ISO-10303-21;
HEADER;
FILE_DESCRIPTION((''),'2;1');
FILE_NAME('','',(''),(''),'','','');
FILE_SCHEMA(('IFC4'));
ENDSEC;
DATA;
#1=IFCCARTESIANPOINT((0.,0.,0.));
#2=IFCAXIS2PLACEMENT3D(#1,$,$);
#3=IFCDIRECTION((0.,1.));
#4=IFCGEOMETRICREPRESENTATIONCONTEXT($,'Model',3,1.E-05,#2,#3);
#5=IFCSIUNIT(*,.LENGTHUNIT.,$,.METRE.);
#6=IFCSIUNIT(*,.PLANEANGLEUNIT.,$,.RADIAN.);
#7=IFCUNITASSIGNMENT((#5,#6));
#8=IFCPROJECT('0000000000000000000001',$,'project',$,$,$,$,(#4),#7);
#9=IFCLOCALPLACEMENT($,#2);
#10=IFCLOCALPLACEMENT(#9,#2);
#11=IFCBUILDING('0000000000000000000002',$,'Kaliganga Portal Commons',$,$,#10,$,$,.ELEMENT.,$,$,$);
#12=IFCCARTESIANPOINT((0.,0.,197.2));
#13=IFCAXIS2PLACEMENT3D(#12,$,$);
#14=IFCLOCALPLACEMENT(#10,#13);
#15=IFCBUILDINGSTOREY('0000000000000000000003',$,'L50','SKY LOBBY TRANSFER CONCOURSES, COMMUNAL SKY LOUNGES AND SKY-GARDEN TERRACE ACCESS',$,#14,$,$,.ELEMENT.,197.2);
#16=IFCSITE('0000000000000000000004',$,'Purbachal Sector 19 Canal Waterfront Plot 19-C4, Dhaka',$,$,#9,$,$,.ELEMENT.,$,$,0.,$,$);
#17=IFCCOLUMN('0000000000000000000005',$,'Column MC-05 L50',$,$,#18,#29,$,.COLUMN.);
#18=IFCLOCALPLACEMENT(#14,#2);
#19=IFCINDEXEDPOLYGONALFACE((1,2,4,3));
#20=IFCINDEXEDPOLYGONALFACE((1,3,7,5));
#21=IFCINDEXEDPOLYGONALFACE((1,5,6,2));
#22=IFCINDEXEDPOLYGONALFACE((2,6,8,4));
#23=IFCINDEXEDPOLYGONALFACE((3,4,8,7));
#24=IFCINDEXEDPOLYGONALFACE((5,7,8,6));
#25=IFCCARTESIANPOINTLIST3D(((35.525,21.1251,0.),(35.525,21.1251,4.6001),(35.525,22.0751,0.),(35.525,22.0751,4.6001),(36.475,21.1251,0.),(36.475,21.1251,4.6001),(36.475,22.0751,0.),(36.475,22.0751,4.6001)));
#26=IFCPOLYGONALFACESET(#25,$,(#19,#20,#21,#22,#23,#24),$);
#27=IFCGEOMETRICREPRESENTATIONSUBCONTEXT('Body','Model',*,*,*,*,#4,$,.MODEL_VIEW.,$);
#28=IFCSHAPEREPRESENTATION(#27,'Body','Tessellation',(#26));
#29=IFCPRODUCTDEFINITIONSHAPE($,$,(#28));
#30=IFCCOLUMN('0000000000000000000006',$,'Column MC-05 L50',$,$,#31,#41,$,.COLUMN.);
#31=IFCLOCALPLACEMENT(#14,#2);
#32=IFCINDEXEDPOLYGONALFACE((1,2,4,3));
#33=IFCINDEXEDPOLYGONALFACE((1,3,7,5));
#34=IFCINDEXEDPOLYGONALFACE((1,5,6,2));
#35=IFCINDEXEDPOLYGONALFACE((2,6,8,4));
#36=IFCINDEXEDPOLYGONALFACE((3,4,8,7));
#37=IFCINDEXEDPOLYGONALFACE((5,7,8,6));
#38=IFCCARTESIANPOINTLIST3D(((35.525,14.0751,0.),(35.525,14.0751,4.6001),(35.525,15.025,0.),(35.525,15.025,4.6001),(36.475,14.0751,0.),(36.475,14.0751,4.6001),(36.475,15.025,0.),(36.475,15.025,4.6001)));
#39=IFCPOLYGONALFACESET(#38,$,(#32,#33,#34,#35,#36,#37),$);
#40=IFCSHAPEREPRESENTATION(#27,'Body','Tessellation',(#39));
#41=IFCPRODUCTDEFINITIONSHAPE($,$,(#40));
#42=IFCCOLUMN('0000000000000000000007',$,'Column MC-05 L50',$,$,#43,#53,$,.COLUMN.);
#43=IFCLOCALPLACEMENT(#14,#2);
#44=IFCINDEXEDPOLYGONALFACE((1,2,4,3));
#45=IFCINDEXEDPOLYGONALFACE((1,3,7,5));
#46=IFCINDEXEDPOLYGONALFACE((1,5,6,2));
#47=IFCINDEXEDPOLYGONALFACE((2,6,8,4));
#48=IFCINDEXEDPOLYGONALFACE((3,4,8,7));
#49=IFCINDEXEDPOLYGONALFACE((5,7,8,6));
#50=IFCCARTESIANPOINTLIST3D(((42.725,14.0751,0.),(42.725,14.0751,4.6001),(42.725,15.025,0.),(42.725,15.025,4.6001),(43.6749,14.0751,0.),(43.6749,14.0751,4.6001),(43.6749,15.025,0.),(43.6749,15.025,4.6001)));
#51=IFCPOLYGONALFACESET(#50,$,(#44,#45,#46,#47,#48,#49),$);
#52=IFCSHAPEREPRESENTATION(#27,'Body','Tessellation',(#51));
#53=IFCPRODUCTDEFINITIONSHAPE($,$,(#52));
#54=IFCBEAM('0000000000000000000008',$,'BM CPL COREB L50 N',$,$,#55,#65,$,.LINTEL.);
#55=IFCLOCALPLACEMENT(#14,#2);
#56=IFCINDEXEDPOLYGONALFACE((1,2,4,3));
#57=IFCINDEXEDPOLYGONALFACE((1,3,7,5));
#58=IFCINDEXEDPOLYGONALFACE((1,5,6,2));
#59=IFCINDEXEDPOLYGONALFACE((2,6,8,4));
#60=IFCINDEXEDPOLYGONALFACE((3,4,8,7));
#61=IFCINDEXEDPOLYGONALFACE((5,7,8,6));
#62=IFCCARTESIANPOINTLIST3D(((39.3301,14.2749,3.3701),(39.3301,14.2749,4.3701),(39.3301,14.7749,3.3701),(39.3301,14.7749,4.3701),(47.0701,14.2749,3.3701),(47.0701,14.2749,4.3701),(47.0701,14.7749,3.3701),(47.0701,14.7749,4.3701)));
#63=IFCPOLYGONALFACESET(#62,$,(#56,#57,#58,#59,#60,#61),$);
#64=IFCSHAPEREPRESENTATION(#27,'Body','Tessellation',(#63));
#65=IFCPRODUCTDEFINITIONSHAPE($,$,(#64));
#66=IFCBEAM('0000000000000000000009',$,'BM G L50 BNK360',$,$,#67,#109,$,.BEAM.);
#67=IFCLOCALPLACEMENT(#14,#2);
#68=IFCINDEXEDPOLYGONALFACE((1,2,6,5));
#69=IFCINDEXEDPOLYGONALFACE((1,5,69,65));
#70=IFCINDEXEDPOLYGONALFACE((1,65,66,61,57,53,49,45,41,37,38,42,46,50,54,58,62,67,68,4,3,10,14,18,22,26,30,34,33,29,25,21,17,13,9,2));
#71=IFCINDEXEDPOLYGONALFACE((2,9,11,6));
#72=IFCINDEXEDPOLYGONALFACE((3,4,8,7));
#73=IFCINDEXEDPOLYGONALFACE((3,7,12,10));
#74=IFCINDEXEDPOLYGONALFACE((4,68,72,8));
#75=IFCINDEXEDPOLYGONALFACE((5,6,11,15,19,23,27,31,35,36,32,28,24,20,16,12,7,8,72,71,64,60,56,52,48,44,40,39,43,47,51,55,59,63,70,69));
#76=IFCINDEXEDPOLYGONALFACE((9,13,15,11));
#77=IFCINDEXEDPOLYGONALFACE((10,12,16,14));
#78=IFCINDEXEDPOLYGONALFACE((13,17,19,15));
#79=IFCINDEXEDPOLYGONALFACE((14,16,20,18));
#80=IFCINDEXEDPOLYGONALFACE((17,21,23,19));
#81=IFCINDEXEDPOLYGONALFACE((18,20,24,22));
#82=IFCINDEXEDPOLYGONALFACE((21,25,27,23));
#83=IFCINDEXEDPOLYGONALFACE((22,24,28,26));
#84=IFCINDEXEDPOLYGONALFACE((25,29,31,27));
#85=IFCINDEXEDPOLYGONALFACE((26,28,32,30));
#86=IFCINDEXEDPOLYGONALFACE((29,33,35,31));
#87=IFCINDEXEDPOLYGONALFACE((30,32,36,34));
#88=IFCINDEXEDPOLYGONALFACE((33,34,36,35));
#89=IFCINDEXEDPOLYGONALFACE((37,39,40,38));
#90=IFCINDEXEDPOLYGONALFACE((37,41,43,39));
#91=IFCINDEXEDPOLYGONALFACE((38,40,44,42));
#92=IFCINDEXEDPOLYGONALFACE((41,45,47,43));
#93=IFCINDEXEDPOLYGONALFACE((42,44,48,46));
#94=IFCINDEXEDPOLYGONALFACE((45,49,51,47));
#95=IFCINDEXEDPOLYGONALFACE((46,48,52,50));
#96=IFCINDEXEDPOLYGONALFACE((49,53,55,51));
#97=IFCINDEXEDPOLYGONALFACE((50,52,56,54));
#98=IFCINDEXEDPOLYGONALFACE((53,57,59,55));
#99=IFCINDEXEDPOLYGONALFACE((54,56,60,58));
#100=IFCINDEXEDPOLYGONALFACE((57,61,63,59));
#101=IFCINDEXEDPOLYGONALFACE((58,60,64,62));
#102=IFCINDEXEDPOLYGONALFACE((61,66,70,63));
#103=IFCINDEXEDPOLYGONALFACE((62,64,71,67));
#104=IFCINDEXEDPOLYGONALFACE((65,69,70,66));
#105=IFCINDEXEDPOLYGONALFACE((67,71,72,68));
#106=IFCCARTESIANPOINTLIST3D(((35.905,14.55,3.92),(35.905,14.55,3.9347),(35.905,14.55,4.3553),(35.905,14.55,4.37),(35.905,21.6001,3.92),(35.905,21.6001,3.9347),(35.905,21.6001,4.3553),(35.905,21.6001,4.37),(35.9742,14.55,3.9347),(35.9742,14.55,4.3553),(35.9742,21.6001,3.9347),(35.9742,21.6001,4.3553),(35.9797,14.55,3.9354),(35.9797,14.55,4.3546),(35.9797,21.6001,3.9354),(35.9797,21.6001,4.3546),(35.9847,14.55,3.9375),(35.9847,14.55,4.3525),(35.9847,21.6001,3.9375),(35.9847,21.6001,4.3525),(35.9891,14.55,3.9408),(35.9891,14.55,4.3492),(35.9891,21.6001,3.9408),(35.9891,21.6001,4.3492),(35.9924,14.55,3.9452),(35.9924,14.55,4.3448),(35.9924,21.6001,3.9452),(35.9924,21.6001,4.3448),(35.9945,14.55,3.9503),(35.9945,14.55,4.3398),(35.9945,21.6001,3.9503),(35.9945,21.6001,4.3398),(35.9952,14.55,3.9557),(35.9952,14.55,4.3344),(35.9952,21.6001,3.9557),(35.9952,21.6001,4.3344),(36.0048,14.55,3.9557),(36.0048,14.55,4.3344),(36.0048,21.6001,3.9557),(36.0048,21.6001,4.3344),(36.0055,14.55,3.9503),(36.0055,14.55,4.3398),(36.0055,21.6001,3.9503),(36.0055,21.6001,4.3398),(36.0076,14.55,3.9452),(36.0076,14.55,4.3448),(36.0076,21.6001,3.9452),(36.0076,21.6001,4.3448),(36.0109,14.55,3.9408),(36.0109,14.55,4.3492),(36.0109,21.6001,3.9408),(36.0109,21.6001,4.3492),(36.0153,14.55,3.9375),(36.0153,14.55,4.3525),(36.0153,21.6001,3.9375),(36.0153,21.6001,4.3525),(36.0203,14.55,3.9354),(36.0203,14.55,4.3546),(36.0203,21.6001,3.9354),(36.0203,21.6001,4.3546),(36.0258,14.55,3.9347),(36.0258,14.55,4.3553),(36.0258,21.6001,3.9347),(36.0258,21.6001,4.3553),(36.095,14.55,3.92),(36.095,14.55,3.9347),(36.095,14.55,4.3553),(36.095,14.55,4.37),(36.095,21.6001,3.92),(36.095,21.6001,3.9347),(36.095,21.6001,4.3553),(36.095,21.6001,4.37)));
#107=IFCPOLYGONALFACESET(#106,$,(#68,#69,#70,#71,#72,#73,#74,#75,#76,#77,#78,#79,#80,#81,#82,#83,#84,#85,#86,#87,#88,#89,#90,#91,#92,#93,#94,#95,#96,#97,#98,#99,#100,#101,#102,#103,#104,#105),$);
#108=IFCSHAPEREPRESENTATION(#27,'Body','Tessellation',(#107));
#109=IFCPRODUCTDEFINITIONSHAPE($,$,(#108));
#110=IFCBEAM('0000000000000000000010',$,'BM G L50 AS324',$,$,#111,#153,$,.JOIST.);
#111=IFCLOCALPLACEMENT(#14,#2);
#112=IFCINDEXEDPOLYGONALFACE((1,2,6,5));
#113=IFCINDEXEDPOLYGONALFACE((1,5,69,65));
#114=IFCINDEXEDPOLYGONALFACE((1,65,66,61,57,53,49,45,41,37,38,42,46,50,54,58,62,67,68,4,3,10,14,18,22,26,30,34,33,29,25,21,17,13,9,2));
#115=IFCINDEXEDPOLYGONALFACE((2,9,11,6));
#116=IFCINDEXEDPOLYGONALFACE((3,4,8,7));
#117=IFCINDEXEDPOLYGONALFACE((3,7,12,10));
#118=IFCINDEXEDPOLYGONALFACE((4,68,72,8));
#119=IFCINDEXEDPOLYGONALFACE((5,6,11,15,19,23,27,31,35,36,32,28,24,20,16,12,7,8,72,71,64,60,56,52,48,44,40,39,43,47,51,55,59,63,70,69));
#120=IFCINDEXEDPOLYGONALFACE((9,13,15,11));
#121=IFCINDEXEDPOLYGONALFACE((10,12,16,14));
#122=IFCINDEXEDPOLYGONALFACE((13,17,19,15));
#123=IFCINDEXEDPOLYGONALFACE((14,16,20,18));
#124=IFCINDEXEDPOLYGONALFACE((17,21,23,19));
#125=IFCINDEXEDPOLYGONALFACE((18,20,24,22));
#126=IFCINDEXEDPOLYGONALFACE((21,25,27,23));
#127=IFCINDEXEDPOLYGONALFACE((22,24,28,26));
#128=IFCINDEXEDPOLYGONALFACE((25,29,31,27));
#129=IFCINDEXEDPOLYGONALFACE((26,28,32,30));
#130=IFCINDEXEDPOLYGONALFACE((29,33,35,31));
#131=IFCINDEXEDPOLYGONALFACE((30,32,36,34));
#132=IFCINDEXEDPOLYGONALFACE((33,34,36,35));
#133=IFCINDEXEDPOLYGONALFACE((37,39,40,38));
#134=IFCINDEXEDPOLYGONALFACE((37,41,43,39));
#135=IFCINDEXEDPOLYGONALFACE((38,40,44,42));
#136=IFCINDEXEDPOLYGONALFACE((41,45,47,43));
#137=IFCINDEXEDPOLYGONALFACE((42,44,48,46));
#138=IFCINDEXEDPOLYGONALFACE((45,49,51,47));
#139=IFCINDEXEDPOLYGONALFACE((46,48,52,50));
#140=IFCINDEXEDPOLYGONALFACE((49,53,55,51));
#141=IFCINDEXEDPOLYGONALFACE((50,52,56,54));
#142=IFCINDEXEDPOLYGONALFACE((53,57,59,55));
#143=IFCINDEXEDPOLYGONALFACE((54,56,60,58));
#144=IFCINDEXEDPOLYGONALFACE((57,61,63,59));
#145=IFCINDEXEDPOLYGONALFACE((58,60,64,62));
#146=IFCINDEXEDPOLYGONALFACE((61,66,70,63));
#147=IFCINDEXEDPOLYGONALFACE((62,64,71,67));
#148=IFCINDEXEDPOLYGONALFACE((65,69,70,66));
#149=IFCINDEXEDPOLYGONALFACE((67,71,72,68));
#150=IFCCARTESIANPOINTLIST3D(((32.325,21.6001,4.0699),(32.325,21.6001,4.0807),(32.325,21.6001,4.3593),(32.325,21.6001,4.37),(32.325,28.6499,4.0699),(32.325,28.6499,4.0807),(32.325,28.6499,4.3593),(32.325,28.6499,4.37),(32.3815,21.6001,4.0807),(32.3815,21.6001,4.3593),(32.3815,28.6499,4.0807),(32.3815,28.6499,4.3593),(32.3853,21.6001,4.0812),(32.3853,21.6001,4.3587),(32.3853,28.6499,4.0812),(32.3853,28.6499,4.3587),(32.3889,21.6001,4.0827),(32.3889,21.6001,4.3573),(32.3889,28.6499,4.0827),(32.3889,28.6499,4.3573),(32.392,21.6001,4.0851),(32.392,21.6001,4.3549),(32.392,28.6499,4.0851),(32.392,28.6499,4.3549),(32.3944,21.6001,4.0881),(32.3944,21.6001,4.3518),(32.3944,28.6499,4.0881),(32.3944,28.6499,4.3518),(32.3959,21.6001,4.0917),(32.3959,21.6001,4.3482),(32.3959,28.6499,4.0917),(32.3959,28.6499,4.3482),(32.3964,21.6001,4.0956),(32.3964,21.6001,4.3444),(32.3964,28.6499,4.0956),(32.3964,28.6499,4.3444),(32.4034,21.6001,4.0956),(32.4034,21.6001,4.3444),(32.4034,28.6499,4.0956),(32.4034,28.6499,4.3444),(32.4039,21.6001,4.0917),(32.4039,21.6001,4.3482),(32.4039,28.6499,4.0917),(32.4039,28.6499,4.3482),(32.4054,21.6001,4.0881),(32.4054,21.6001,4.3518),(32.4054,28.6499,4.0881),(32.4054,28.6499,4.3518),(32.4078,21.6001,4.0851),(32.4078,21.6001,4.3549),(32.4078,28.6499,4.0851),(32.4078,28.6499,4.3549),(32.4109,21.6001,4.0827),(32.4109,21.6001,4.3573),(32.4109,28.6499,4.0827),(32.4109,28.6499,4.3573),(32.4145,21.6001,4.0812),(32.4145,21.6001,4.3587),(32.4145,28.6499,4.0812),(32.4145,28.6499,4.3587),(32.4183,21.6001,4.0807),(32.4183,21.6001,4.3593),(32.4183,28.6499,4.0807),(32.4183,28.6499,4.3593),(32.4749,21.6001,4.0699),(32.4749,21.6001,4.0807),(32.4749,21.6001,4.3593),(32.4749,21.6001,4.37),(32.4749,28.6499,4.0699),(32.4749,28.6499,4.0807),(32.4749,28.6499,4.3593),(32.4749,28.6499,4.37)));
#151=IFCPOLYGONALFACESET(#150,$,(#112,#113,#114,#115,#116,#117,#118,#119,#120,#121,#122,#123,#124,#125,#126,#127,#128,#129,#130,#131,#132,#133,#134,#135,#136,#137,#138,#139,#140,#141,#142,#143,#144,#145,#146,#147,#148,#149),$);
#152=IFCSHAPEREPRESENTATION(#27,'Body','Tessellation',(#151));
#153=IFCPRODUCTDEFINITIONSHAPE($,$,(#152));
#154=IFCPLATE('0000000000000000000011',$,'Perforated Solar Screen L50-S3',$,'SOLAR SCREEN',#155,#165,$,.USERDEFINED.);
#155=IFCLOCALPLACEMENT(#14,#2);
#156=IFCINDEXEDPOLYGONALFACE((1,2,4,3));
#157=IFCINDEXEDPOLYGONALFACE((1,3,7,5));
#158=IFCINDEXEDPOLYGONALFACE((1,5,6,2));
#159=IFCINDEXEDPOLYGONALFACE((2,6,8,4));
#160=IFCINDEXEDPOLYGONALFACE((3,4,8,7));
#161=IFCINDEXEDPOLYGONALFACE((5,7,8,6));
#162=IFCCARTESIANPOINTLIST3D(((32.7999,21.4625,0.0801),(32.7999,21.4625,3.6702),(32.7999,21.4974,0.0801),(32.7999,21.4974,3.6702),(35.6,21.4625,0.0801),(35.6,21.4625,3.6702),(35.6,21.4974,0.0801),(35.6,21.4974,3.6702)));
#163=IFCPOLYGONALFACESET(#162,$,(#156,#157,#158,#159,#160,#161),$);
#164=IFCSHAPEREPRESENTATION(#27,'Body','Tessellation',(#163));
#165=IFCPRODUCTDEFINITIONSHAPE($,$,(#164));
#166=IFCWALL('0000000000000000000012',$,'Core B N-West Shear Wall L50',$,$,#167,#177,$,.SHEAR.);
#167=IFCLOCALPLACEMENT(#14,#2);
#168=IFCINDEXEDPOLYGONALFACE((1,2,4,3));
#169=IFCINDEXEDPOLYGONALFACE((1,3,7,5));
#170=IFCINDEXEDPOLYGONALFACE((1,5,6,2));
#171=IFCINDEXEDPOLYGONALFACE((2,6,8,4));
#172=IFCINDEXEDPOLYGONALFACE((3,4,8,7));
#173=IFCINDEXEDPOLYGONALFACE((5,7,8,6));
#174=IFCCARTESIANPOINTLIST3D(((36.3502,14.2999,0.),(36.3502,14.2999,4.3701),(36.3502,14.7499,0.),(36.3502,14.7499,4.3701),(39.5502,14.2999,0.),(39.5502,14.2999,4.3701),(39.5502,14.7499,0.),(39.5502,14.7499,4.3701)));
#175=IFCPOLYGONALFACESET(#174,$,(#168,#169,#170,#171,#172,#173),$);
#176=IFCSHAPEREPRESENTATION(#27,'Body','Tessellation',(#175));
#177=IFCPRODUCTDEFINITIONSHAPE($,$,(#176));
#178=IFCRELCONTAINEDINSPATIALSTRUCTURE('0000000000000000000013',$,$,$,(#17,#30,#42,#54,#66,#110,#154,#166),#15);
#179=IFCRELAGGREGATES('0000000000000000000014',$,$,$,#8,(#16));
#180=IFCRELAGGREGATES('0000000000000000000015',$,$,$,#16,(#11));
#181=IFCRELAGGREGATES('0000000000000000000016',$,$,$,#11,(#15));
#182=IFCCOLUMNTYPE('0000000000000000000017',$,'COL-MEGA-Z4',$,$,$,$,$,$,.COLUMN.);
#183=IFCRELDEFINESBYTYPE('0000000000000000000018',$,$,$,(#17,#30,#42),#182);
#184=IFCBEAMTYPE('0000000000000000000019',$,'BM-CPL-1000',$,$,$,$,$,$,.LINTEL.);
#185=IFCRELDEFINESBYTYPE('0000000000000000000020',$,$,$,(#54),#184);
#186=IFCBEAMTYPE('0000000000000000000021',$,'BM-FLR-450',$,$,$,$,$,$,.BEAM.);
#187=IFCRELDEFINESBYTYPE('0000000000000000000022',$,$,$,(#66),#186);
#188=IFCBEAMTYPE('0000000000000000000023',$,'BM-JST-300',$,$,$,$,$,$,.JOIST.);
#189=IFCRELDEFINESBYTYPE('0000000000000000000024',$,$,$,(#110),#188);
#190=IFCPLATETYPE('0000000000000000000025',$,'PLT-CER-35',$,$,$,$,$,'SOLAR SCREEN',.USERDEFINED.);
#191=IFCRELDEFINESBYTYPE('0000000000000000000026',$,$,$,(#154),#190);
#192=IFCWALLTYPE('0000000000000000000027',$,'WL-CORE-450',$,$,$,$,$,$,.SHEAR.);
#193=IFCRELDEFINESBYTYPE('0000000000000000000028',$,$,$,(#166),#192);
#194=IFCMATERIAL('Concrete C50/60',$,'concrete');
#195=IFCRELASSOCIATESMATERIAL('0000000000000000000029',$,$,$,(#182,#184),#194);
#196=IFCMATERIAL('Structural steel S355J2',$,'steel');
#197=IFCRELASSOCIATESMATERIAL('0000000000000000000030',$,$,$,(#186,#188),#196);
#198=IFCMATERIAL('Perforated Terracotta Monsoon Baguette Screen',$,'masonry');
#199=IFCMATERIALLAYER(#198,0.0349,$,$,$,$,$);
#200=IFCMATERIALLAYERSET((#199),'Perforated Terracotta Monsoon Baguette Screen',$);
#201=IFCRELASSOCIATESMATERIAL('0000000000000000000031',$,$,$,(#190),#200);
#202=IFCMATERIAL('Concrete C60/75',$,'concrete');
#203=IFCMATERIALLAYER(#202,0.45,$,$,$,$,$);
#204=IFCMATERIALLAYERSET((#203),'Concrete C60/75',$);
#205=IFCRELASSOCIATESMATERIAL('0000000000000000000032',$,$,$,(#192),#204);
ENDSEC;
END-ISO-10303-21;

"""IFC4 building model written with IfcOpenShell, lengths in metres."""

from ifc_helpers import new_model, si_unit, direction, frame, frame_2d, origin, origin_2d, place, context, subcontext, project, spatial, rectangle, i_section, extrude, source, transform, mapped, material, layer, layer_set, material_profile, profile_set, type_object, element, save


model = new_model("IFC4")

# Units and contexts
model_context = context("Model", 3, precision=1e-05, world=origin(), true_north=direction((0.0, 1.0)))
body_context = subcontext(model_context, "Body", "Model", "MODEL_VIEW")
ifc_project = project(units=[si_unit("LENGTHUNIT", "METRE"), si_unit("PLANEANGLEUNIT", "RADIAN")], contexts=[model_context])

# Site, building, storey
site_placement = place(None, origin())
site = spatial("IfcSite", under=ifc_project, at=site_placement, Name="Purbachal Sector 19 Canal Waterfront Plot 19-C4, Dhaka", CompositionType="ELEMENT", RefElevation=0.0)
building_placement = place(site_placement, origin())
building = spatial("IfcBuilding", under=site, at=building_placement, Name="Kaliganga Portal Commons", CompositionType="ELEMENT")
storey_placement = place(building_placement, frame((0.0, 0.0, 197.2)))
storey = spatial("IfcBuildingStorey", under=building, at=storey_placement, Name="L50", Description="SKY LOBBY TRANSFER CONCOURSES, COMMUNAL SKY LOUNGES AND SKY-GARDEN TERRACE ACCESS", CompositionType="ELEMENT", Elevation=197.2)

# Columns
ifc_material_1 = material(Name="Concrete C50/60", Category="concrete")
ifc_material_profile_1 = material_profile(ifc_material_1, rectangle(XDim=0.95, YDim=0.95, at=origin_2d()), Name="RC 950x950")
ifc_profile_set_1 = profile_set([ifc_material_profile_1], Name="Concrete C50/60")
column_type = type_object("IfcColumnType", Name="COL-MEGA-Z4", PredefinedType="COLUMN", material=ifc_profile_set_1)
shared_shape_1 = source(origin(), body_context, "Body", "SweptSolid", [
    extrude(rectangle(XDim=0.95, YDim=0.95, at=origin_2d()), origin(), (0.0, 0.0, 1.0), 4.6001),
])
for number, where, z_axis, x_axis, name in (
    (1, (36.0, 21.6001, 0.0), (0.0, 0.0, 1.0), (1.0, 0.0, 0.0), "Column MC-05 L50"),
    (2, (36.0, 14.55, 0.0), (0.0, 0.0, 1.0), (1.0, 0.0, 0.0), "Column MC-05 L50"),
    (3, (43.2, 14.55, 0.0), (0.0, 0.0, 1.0), (1.0, 0.0, 0.0), "Column MC-05 L50"),
):
    element("IfcColumn", number, at=place(storey_placement, frame(where, z_axis=z_axis, x_axis=x_axis)), inside=storey, type_object=column_type, Name=name, PredefinedType="COLUMN", context=body_context, shape_type="MappedRepresentation", body=[
        mapped(shared_shape_1, transform((0.0, 0.0, 0.0), x_axis=(1.0, 0.0, 0.0), y_axis=(0.0, 1.0, 0.0), z_axis=(0.0, 0.0, 1.0), scale=1.0)),
    ])

# Beams
ifc_material_profile_2 = material_profile(ifc_material_1, rectangle(XDim=0.5, YDim=1.0, at=origin_2d()), Name="RC 500x1000")
ifc_profile_set_2 = profile_set([ifc_material_profile_2], Name="Concrete C50/60")
beam_type_1 = type_object("IfcBeamType", Name="BM-CPL-1000", PredefinedType="LINTEL", material=ifc_profile_set_2)
shared_shape_2 = source(origin(), body_context, "Body", "SweptSolid", [
    extrude(rectangle(XDim=0.5, YDim=1.0, at=origin_2d()), origin(), (0.0, 0.0, 1.0), 7.74),
])
beam_1_placement = place(storey_placement, frame((39.3301, 14.5249, 3.8701), z_axis=(1.0, 0.0, 0.0), x_axis=(0.0, 1.0, 0.0)))
element("IfcBeam", 4, at=beam_1_placement, inside=storey, type_object=beam_type_1, Name="BM CPL COREB L50 N", PredefinedType="LINTEL", context=body_context, shape_type="MappedRepresentation", body=[
    mapped(shared_shape_2, transform((0.0, 0.0, 0.0), x_axis=(1.0, 0.0, 0.0), y_axis=(0.0, 1.0, 0.0), z_axis=(0.0, 0.0, 1.0), scale=1.0)),
])
ifc_material_2 = material(Name="Structural steel S355J2", Category="steel")
ifc_material_profile_3 = material_profile(ifc_material_2, i_section(OverallWidth=0.1899, OverallDepth=0.45, WebThickness=0.0095, FlangeThickness=0.0146, FilletRadius=0.021, at=origin_2d()), Name="IPE 450")
ifc_profile_set_3 = profile_set([ifc_material_profile_3], Name="Structural steel S355J2 wide-flange")
beam_type_2 = type_object("IfcBeamType", Name="BM-FLR-450", PredefinedType="BEAM", material=ifc_profile_set_3)
shared_shape_3 = source(origin(), body_context, "Body", "SweptSolid", [
    extrude(i_section(OverallWidth=0.1899, OverallDepth=0.45, WebThickness=0.0095, FlangeThickness=0.0146, FilletRadius=0.021, at=origin_2d()), origin(), (0.0, 0.0, 1.0), 7.05),
])
beam_2_placement = place(storey_placement, frame((36.0, 14.55, 4.145), z_axis=(0.0, 1.0, 0.0), x_axis=(-1.0, 0.0, 0.0)))
element("IfcBeam", 5, at=beam_2_placement, inside=storey, type_object=beam_type_2, Name="BM G L50 BNK360", PredefinedType="BEAM", context=body_context, shape_type="MappedRepresentation", body=[
    mapped(shared_shape_3, transform((0.0, 0.0, 0.0), x_axis=(1.0, 0.0, 0.0), y_axis=(0.0, 1.0, 0.0), z_axis=(0.0, 0.0, 1.0), scale=1.0)),
])
ifc_material_profile_4 = material_profile(ifc_material_2, i_section(OverallWidth=0.1499, OverallDepth=0.3, WebThickness=0.0071, FlangeThickness=0.0107, FilletRadius=0.0149, at=origin_2d()), Name="IPE 300")
ifc_profile_set_4 = profile_set([ifc_material_profile_4], Name="Structural steel S355J2 wide-flange")
beam_type_3 = type_object("IfcBeamType", Name="BM-JST-300", PredefinedType="JOIST", material=ifc_profile_set_4)
shared_shape_4 = source(origin(), body_context, "Body", "SweptSolid", [
    extrude(i_section(OverallWidth=0.1499, OverallDepth=0.3, WebThickness=0.0071, FlangeThickness=0.0107, FilletRadius=0.0149, at=origin_2d()), origin(), (0.0, 0.0, 1.0), 7.0498),
])
beam_3_placement = place(storey_placement, frame((32.3999, 21.6001, 4.22), z_axis=(0.0, 1.0, 0.0), x_axis=(-1.0, 0.0, 0.0)))
element("IfcBeam", 6, at=beam_3_placement, inside=storey, type_object=beam_type_3, Name="BM G L50 AS324", PredefinedType="JOIST", context=body_context, shape_type="MappedRepresentation", body=[
    mapped(shared_shape_4, transform((0.0, 0.0, 0.0), x_axis=(1.0, 0.0, 0.0), y_axis=(0.0, 1.0, 0.0), z_axis=(0.0, 0.0, 1.0), scale=1.0)),
])

# Plate
ifc_material_3 = material(Name="Perforated Terracotta Monsoon Baguette Screen", Category="masonry")
ifc_layer_1 = layer(ifc_material_3, 0.0349)
ifc_layer_set_1 = layer_set([ifc_layer_1], Name="Perforated Terracotta Monsoon Baguette Screen")
plate_type = type_object("IfcPlateType", Name="PLT-CER-35", ElementType="SOLAR SCREEN", PredefinedType="USERDEFINED", material=ifc_layer_set_1)
shared_shape_5 = source(origin(), body_context, "Body", "SweptSolid", [
    extrude(rectangle(XDim=2.8, YDim=0.0349, at=origin_2d()), origin(), (0.0, 0.0, 1.0), 3.5901),
])
plate_placement = place(storey_placement, frame((34.2, 21.48, 0.0801), z_axis=(0.0, 0.0, 1.0), x_axis=(1.0, 0.0, 0.0)))
element("IfcPlate", 7, at=plate_placement, inside=storey, type_object=plate_type, Name="Perforated Solar Screen L50-S3", ObjectType="SOLAR SCREEN", PredefinedType="USERDEFINED", context=body_context, shape_type="MappedRepresentation", body=[
    mapped(shared_shape_5, transform((0.0, 0.0, 0.0), x_axis=(1.0, 0.0, 0.0), y_axis=(0.0, 1.0, 0.0), z_axis=(0.0, 0.0, 1.0), scale=1.0)),
])

# Wall
ifc_material_4 = material(Name="Concrete C60/75", Category="concrete")
ifc_layer_2 = layer(ifc_material_4, 0.45)
ifc_layer_set_2 = layer_set([ifc_layer_2], Name="Concrete C60/75")
wall_type_1 = type_object("IfcWallType", Name="WL-CORE-450", PredefinedType="SHEAR", material=ifc_layer_set_2)
for number, where, z_axis, x_axis, name in (
    (8, (36.3501, 14.5249, 0.0), (0.0, 0.0, 1.0), (1.0, 0.0, 0.0), "Core B N-West Shear Wall L50"),
):
    element("IfcWall", number, at=place(storey_placement, frame(where, z_axis=z_axis, x_axis=x_axis)), inside=storey, type_object=wall_type_1, Name=name, PredefinedType="SHEAR", context=body_context, shape_type="SweptSolid", body=[
        extrude(rectangle(XDim=3.2, YDim=0.45, at=frame_2d((1.6001, 0.0))), origin(), (0.0, 0.0, 1.0), 4.3701),
    ])

save(model, "model.ifc")
